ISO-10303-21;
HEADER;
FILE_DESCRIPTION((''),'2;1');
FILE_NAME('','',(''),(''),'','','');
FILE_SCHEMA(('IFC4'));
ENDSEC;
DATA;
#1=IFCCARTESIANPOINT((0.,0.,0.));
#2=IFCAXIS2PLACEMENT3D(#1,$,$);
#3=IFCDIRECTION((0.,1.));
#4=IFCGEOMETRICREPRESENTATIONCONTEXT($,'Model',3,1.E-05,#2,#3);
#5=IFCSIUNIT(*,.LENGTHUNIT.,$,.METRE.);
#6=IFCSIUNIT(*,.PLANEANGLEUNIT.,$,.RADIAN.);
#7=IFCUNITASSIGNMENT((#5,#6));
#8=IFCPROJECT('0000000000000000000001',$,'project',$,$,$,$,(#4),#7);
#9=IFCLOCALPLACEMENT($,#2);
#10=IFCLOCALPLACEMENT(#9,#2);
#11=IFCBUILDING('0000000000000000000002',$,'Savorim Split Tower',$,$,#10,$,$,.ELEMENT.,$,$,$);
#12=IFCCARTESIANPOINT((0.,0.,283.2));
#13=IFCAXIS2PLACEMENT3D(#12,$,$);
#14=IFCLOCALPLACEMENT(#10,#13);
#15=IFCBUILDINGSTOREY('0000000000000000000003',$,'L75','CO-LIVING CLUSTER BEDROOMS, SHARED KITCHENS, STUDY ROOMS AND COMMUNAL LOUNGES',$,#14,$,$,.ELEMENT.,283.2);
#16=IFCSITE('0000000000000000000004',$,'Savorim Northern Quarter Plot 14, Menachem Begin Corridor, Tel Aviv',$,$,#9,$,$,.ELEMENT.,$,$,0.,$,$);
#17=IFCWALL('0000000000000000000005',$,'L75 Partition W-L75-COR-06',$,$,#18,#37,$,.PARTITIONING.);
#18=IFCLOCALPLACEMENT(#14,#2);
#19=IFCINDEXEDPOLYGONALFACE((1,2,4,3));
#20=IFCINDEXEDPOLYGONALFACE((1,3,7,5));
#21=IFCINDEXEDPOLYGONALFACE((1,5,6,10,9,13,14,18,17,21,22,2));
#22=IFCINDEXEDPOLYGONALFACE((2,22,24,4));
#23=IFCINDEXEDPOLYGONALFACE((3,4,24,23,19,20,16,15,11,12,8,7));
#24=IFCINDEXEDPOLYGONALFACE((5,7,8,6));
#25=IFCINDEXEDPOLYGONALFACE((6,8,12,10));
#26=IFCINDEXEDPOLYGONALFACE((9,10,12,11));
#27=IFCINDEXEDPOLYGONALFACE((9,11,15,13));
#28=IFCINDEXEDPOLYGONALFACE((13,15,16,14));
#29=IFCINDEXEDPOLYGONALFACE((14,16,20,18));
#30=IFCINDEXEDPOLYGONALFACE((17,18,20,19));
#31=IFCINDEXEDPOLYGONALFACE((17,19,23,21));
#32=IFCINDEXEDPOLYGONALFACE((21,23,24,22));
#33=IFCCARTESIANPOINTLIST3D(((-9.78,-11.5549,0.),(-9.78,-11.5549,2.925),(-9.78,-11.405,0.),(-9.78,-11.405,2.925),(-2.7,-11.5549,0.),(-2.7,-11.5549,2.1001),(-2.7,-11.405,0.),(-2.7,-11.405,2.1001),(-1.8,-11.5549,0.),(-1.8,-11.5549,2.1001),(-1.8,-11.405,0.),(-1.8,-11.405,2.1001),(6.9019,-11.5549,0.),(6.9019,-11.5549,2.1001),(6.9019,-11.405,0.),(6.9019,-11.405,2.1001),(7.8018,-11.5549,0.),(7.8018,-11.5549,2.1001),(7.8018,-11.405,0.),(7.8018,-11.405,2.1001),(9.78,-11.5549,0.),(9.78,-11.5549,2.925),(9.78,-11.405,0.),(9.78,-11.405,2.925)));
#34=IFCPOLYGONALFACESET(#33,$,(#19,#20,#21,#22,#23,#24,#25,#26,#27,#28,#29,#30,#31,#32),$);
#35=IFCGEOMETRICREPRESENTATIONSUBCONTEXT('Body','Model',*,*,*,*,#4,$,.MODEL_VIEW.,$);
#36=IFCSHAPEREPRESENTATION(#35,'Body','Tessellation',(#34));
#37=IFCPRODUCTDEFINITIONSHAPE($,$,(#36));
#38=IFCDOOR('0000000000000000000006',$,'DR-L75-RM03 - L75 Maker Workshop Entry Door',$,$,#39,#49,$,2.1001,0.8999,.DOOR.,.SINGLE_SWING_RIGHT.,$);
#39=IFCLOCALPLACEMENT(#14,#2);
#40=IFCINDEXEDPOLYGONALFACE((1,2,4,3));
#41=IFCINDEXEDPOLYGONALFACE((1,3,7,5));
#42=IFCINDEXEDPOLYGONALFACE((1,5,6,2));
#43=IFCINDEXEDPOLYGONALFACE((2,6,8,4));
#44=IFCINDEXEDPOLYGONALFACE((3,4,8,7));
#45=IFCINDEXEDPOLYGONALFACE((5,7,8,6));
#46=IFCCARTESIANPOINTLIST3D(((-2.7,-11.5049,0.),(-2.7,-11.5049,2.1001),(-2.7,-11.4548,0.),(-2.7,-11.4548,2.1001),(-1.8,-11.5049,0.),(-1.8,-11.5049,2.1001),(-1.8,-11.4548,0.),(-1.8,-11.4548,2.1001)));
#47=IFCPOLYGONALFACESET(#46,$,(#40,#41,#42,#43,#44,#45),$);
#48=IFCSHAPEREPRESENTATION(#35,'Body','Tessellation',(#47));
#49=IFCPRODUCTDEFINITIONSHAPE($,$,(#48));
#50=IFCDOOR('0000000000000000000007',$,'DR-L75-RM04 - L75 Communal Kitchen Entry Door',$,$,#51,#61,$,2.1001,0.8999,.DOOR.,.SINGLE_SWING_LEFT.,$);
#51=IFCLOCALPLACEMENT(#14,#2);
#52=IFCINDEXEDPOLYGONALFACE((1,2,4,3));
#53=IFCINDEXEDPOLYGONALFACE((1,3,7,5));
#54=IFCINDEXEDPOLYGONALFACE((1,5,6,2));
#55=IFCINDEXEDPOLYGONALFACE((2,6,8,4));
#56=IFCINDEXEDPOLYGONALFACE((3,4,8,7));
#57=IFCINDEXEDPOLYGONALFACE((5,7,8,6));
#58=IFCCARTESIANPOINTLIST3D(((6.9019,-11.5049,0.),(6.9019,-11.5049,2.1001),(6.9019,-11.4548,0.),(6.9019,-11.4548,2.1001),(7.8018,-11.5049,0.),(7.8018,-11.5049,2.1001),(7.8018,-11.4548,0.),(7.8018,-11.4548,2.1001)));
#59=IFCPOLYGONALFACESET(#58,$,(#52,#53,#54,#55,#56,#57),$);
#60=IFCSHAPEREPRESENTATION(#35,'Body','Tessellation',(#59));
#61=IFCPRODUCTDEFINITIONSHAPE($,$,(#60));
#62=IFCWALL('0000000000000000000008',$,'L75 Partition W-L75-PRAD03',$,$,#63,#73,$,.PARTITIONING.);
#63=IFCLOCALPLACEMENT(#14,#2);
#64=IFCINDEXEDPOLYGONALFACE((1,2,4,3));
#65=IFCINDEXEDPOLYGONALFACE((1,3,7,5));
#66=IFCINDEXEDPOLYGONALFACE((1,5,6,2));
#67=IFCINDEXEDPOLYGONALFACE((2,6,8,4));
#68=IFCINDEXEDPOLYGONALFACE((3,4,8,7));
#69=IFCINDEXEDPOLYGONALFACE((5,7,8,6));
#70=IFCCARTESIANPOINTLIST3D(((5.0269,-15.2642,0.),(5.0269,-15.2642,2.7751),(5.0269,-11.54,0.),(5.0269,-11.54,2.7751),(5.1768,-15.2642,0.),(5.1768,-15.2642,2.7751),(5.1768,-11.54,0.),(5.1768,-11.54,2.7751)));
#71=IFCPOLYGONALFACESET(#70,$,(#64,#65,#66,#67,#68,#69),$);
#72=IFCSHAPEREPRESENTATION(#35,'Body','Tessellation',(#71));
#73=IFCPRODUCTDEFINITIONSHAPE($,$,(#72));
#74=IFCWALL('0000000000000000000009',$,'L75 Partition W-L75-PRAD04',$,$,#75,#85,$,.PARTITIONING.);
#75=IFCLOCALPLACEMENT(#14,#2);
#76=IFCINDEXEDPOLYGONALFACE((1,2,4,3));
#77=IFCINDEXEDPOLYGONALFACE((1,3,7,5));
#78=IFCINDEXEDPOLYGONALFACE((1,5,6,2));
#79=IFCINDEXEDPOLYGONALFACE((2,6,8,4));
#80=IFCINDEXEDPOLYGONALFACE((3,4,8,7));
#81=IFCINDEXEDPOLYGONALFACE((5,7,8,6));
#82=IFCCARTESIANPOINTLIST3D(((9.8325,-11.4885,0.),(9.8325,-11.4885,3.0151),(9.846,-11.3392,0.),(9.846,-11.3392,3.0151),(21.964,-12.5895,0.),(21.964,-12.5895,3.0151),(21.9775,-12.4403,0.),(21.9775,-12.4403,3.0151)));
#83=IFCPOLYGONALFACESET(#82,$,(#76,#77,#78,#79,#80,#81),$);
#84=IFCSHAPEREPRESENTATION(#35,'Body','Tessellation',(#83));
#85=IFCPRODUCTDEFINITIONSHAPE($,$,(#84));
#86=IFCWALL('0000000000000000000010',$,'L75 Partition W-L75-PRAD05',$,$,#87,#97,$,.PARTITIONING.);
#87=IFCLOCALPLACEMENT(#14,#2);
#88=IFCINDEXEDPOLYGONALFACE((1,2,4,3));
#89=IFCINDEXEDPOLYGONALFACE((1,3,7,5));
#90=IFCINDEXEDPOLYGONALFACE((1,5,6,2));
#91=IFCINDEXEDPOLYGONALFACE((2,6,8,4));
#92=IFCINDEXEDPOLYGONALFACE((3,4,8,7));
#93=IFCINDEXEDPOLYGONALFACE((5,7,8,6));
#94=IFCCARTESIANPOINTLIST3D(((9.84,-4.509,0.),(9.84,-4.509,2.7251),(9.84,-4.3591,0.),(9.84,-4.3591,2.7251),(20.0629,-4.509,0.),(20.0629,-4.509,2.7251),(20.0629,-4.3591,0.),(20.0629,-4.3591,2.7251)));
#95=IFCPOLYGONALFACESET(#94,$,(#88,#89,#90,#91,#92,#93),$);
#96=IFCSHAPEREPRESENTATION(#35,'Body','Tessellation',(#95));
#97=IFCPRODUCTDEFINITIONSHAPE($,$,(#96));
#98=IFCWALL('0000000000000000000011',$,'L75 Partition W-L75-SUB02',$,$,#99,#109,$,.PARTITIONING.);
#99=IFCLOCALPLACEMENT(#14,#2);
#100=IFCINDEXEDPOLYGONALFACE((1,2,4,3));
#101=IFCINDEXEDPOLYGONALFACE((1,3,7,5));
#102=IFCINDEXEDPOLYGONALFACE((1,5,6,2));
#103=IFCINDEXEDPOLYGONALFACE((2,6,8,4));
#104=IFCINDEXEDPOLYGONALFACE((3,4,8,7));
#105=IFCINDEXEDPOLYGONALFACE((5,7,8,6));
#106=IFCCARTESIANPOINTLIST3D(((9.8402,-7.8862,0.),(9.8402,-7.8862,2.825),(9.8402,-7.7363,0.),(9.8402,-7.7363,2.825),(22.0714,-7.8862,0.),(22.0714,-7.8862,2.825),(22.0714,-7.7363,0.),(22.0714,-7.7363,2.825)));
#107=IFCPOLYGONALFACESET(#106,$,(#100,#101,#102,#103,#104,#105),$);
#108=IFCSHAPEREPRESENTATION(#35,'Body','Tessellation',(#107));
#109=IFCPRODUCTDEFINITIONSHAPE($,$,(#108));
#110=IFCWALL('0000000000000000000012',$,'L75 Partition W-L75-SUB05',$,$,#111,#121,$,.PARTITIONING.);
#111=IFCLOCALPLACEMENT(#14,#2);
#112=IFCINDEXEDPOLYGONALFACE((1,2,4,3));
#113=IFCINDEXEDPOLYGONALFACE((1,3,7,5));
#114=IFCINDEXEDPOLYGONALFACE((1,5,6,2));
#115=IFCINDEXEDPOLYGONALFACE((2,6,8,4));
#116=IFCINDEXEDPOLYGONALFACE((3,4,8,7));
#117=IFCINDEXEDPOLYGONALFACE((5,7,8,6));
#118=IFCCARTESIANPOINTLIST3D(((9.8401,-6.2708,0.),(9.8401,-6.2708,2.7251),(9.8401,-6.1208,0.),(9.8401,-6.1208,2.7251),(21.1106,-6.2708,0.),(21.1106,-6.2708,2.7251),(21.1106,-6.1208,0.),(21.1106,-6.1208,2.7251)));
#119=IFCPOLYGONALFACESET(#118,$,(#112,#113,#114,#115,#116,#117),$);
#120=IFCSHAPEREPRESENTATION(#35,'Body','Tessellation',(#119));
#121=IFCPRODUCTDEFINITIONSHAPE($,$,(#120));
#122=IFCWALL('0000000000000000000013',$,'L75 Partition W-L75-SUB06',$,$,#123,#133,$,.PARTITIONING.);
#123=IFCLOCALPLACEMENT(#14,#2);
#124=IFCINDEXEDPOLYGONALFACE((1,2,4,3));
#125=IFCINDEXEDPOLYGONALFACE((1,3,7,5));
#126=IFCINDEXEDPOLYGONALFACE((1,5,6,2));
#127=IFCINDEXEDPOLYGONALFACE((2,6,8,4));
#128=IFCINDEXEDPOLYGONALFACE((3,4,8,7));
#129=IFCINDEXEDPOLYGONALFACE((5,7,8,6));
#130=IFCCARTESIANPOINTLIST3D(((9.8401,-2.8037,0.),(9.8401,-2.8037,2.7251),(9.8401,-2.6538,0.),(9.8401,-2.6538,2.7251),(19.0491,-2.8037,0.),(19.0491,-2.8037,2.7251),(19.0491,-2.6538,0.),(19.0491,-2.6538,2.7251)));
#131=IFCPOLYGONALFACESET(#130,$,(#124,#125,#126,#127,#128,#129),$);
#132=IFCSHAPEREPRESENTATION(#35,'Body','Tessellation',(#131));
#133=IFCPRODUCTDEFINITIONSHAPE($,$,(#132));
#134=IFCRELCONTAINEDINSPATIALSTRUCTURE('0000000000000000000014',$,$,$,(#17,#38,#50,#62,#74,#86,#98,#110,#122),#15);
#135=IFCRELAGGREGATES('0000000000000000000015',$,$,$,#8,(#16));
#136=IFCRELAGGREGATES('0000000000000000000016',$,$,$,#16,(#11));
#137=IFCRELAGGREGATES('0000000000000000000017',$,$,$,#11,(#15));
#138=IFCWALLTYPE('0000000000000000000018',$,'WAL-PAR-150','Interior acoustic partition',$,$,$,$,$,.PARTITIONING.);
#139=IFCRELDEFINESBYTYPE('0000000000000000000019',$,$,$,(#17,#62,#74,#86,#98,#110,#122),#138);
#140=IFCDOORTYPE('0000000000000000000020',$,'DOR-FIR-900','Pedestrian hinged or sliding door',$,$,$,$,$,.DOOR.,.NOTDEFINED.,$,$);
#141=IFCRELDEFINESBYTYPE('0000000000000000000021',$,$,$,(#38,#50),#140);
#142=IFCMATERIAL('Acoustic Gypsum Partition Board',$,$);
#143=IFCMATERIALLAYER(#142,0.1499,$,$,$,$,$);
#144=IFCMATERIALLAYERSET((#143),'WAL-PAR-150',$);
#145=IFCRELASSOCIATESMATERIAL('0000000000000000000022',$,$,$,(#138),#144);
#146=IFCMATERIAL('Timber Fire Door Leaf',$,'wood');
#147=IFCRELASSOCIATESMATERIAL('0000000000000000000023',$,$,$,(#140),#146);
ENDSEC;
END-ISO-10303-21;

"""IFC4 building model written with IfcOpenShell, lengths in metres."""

from ifc_helpers import new_model, si_unit, direction, frame, frame_2d, origin, place, context, subcontext, project, spatial, rectangle, extrude, material, layer, layer_set, type_object, element, fill, save


model = new_model("IFC4")

# Units and contexts
model_context = context("Model", 3, precision=1e-05, world=origin(), true_north=direction((0.0, 1.0)))
body_context = subcontext(model_context, "Body", "Model", "MODEL_VIEW")
ifc_project = project(units=[si_unit("LENGTHUNIT", "METRE"), si_unit("PLANEANGLEUNIT", "RADIAN")], contexts=[model_context])

# Site, building, storey
site_placement = place(None, origin())
site = spatial("IfcSite", under=ifc_project, at=site_placement, Name="Savorim Northern Quarter Plot 14, Menachem Begin Corridor, Tel Aviv", CompositionType="ELEMENT", RefElevation=0.0)
building_placement = place(site_placement, origin())
building = spatial("IfcBuilding", under=site, at=building_placement, Name="Savorim Split Tower", CompositionType="ELEMENT")
storey_placement = place(building_placement, frame((0.0, 0.0, 283.2)))
storey = spatial("IfcBuildingStorey", under=building, at=storey_placement, Name="L75", Description="CO-LIVING CLUSTER BEDROOMS, SHARED KITCHENS, STUDY ROOMS AND COMMUNAL LOUNGES", CompositionType="ELEMENT", Elevation=283.2)

# Shared definitions
ifc_material_1 = material(Name="Timber Fire Door Leaf", Category="wood")

# Shared definitions
ifc_material_2 = material(Name="Acoustic Gypsum Partition Board")
ifc_layer_1 = layer(ifc_material_2, 0.1499)
ifc_layer_set_1 = layer_set([ifc_layer_1], Name="WAL-PAR-150")
wall_type_1 = type_object("IfcWallType", Name="WAL-PAR-150", Description="Interior acoustic partition", PredefinedType="PARTITIONING", material=ifc_layer_set_1)
door_type_1 = type_object("IfcDoorType", Name="DOR-FIR-900", Description="Pedestrian hinged or sliding door", OperationType="NOTDEFINED", PredefinedType="DOOR", material=ifc_material_1)

# Wall, openings, doors
wall_1_placement = place(storey_placement, frame((9.78, -11.48, 0.0), z_axis=(0.0, 0.0, 1.0), x_axis=(-1.0, 0.0, 0.0)))
wall_1 = element("IfcWall", 1, at=wall_1_placement, inside=storey, type_object=wall_type_1, Name="L75 Partition W-L75-COR-06", PredefinedType="PARTITIONING", context=body_context, shape_type="SweptSolid", body=[
    extrude(rectangle(XDim=19.5601, YDim=0.1499, at=frame_2d((9.78, 0.0))), origin(), (0.0, 0.0, 1.0), 2.925),
])
opening_1_placement = place(wall_1_placement, frame((11.5801, 0.0, 0.0)))
opening_1 = element("IfcOpeningElement", 2, at=opening_1_placement, cuts=wall_1, PredefinedType="OPENING", context=body_context, shape_type="SweptSolid", body=[
    extrude(rectangle(XDim=0.8999, YDim=2.1001, at=frame_2d((0.45, 1.05))), frame((0.0, 0.085, 0.0), z_axis=(0.0, -1.0, 0.0), x_axis=(1.0, 0.0, 0.0)), (0.0, 0.0, 1.0), 0.1699),
])
opening_2_placement = place(wall_1_placement, frame((1.9783, 0.0, 0.0)))
opening_2 = element("IfcOpeningElement", 3, at=opening_2_placement, cuts=wall_1, PredefinedType="OPENING", context=body_context, shape_type="SweptSolid", body=[
    extrude(rectangle(XDim=0.8999, YDim=2.1001, at=frame_2d((0.45, 1.05))), frame((0.0, 0.085, 0.0), z_axis=(0.0, -1.0, 0.0), x_axis=(1.0, 0.0, 0.0)), (0.0, 0.0, 1.0), 0.1699),
])
door_1_placement = place(opening_1_placement, origin())
door_1 = element("IfcDoor", 4, at=door_1_placement, inside=storey, type_object=door_type_1, Name="DR-L75-RM03 - L75 Maker Workshop Entry Door", OperationType="SINGLE_SWING_RIGHT", OverallHeight=2.1001, OverallWidth=0.8999, PredefinedType="DOOR", context=body_context, shape_type="SweptSolid", body=[
    extrude(rectangle(XDim=0.8999, YDim=2.1001, at=frame_2d((0.45, 1.05))), frame((0.0, 0.0249, 0.0), z_axis=(0.0, -1.0, 0.0), x_axis=(1.0, 0.0, 0.0)), (0.0, 0.0, 1.0), 0.05),
])
fill(opening_1, door_1)
door_2_placement = place(opening_2_placement, origin())
door_2 = element("IfcDoor", 5, at=door_2_placement, inside=storey, type_object=door_type_1, Name="DR-L75-RM04 - L75 Communal Kitchen Entry Door", OperationType="SINGLE_SWING_LEFT", OverallHeight=2.1001, OverallWidth=0.8999, PredefinedType="DOOR", context=body_context, shape_type="SweptSolid", body=[
    extrude(rectangle(XDim=0.8999, YDim=2.1001, at=frame_2d((0.45, 1.05))), frame((0.0, 0.0249, 0.0), z_axis=(0.0, -1.0, 0.0), x_axis=(1.0, 0.0, 0.0)), (0.0, 0.0, 1.0), 0.05),
])
fill(opening_2, door_2)

# Walls
wall_2_placement = place(storey_placement, frame((5.1018, -11.54, 0.0), z_axis=(0.0, 0.0, 1.0), x_axis=(0.0, -1.0, 0.0)))
element("IfcWall", 6, at=wall_2_placement, inside=storey, type_object=wall_type_1, Name="L75 Partition W-L75-PRAD03", PredefinedType="PARTITIONING", context=body_context, shape_type="SweptSolid", body=[
    extrude(rectangle(XDim=3.7241, YDim=0.1499, at=frame_2d((1.8621, 0.0))), origin(), (0.0, 0.0, 1.0), 2.7751),
])
wall_3_placement = place(storey_placement, frame((9.8391, -11.4138, 0.0), z_axis=(0.0, 0.0, 1.0), x_axis=(0.995907, -0.090389, 0.0)))
element("IfcWall", 7, at=wall_3_placement, inside=storey, type_object=wall_type_1, Name="L75 Partition W-L75-PRAD04", PredefinedType="PARTITIONING", context=body_context, shape_type="SweptSolid", body=[
    extrude(rectangle(XDim=12.1814, YDim=0.1499, at=frame_2d((6.0908, 0.0))), origin(), (0.0, 0.0, 1.0), 3.0151),
])
wall_4_placement = place(storey_placement, frame((9.8401, -4.4341, 0.0), z_axis=(0.0, 0.0, 1.0), x_axis=(1.0, 0.0, 0.0)))
element("IfcWall", 8, at=wall_4_placement, inside=storey, type_object=wall_type_1, Name="L75 Partition W-L75-PRAD05", PredefinedType="PARTITIONING", context=body_context, shape_type="SweptSolid", body=[
    extrude(rectangle(XDim=10.2229, YDim=0.1499, at=frame_2d((5.1113, 0.0))), origin(), (0.0, 0.0, 1.0), 2.7251),
])
wall_5_placement = place(storey_placement, frame((9.8401, -7.8113, 0.0), z_axis=(0.0, 0.0, 1.0), x_axis=(1.0, 0.0, 0.0)))
element("IfcWall", 9, at=wall_5_placement, inside=storey, type_object=wall_type_1, Name="L75 Partition W-L75-SUB02", PredefinedType="PARTITIONING", context=body_context, shape_type="SweptSolid", body=[
    extrude(rectangle(XDim=12.2312, YDim=0.1499, at=frame_2d((6.1157, 0.0))), origin(), (0.0, 0.0, 1.0), 2.825),
])
wall_6_placement = place(storey_placement, frame((9.8401, -6.1958, 0.0), z_axis=(0.0, 0.0, 1.0), x_axis=(1.0, 0.0, 0.0)))
element("IfcWall", 10, at=wall_6_placement, inside=storey, type_object=wall_type_1, Name="L75 Partition W-L75-SUB05", PredefinedType="PARTITIONING", context=body_context, shape_type="SweptSolid", body=[
    extrude(rectangle(XDim=11.2705, YDim=0.1499, at=frame_2d((5.6353, 0.0))), origin(), (0.0, 0.0, 1.0), 2.7251),
])
wall_7_placement = place(storey_placement, frame((9.8401, -2.7288, 0.0), z_axis=(0.0, 0.0, 1.0), x_axis=(1.0, 0.0, 0.0)))
element("IfcWall", 11, at=wall_7_placement, inside=storey, type_object=wall_type_1, Name="L75 Partition W-L75-SUB06", PredefinedType="PARTITIONING", context=body_context, shape_type="SweptSolid", body=[
    extrude(rectangle(XDim=9.209, YDim=0.1499, at=frame_2d((4.6045, 0.0))), origin(), (0.0, 0.0, 1.0), 2.7251),
])

save(model, "model.ifc")
